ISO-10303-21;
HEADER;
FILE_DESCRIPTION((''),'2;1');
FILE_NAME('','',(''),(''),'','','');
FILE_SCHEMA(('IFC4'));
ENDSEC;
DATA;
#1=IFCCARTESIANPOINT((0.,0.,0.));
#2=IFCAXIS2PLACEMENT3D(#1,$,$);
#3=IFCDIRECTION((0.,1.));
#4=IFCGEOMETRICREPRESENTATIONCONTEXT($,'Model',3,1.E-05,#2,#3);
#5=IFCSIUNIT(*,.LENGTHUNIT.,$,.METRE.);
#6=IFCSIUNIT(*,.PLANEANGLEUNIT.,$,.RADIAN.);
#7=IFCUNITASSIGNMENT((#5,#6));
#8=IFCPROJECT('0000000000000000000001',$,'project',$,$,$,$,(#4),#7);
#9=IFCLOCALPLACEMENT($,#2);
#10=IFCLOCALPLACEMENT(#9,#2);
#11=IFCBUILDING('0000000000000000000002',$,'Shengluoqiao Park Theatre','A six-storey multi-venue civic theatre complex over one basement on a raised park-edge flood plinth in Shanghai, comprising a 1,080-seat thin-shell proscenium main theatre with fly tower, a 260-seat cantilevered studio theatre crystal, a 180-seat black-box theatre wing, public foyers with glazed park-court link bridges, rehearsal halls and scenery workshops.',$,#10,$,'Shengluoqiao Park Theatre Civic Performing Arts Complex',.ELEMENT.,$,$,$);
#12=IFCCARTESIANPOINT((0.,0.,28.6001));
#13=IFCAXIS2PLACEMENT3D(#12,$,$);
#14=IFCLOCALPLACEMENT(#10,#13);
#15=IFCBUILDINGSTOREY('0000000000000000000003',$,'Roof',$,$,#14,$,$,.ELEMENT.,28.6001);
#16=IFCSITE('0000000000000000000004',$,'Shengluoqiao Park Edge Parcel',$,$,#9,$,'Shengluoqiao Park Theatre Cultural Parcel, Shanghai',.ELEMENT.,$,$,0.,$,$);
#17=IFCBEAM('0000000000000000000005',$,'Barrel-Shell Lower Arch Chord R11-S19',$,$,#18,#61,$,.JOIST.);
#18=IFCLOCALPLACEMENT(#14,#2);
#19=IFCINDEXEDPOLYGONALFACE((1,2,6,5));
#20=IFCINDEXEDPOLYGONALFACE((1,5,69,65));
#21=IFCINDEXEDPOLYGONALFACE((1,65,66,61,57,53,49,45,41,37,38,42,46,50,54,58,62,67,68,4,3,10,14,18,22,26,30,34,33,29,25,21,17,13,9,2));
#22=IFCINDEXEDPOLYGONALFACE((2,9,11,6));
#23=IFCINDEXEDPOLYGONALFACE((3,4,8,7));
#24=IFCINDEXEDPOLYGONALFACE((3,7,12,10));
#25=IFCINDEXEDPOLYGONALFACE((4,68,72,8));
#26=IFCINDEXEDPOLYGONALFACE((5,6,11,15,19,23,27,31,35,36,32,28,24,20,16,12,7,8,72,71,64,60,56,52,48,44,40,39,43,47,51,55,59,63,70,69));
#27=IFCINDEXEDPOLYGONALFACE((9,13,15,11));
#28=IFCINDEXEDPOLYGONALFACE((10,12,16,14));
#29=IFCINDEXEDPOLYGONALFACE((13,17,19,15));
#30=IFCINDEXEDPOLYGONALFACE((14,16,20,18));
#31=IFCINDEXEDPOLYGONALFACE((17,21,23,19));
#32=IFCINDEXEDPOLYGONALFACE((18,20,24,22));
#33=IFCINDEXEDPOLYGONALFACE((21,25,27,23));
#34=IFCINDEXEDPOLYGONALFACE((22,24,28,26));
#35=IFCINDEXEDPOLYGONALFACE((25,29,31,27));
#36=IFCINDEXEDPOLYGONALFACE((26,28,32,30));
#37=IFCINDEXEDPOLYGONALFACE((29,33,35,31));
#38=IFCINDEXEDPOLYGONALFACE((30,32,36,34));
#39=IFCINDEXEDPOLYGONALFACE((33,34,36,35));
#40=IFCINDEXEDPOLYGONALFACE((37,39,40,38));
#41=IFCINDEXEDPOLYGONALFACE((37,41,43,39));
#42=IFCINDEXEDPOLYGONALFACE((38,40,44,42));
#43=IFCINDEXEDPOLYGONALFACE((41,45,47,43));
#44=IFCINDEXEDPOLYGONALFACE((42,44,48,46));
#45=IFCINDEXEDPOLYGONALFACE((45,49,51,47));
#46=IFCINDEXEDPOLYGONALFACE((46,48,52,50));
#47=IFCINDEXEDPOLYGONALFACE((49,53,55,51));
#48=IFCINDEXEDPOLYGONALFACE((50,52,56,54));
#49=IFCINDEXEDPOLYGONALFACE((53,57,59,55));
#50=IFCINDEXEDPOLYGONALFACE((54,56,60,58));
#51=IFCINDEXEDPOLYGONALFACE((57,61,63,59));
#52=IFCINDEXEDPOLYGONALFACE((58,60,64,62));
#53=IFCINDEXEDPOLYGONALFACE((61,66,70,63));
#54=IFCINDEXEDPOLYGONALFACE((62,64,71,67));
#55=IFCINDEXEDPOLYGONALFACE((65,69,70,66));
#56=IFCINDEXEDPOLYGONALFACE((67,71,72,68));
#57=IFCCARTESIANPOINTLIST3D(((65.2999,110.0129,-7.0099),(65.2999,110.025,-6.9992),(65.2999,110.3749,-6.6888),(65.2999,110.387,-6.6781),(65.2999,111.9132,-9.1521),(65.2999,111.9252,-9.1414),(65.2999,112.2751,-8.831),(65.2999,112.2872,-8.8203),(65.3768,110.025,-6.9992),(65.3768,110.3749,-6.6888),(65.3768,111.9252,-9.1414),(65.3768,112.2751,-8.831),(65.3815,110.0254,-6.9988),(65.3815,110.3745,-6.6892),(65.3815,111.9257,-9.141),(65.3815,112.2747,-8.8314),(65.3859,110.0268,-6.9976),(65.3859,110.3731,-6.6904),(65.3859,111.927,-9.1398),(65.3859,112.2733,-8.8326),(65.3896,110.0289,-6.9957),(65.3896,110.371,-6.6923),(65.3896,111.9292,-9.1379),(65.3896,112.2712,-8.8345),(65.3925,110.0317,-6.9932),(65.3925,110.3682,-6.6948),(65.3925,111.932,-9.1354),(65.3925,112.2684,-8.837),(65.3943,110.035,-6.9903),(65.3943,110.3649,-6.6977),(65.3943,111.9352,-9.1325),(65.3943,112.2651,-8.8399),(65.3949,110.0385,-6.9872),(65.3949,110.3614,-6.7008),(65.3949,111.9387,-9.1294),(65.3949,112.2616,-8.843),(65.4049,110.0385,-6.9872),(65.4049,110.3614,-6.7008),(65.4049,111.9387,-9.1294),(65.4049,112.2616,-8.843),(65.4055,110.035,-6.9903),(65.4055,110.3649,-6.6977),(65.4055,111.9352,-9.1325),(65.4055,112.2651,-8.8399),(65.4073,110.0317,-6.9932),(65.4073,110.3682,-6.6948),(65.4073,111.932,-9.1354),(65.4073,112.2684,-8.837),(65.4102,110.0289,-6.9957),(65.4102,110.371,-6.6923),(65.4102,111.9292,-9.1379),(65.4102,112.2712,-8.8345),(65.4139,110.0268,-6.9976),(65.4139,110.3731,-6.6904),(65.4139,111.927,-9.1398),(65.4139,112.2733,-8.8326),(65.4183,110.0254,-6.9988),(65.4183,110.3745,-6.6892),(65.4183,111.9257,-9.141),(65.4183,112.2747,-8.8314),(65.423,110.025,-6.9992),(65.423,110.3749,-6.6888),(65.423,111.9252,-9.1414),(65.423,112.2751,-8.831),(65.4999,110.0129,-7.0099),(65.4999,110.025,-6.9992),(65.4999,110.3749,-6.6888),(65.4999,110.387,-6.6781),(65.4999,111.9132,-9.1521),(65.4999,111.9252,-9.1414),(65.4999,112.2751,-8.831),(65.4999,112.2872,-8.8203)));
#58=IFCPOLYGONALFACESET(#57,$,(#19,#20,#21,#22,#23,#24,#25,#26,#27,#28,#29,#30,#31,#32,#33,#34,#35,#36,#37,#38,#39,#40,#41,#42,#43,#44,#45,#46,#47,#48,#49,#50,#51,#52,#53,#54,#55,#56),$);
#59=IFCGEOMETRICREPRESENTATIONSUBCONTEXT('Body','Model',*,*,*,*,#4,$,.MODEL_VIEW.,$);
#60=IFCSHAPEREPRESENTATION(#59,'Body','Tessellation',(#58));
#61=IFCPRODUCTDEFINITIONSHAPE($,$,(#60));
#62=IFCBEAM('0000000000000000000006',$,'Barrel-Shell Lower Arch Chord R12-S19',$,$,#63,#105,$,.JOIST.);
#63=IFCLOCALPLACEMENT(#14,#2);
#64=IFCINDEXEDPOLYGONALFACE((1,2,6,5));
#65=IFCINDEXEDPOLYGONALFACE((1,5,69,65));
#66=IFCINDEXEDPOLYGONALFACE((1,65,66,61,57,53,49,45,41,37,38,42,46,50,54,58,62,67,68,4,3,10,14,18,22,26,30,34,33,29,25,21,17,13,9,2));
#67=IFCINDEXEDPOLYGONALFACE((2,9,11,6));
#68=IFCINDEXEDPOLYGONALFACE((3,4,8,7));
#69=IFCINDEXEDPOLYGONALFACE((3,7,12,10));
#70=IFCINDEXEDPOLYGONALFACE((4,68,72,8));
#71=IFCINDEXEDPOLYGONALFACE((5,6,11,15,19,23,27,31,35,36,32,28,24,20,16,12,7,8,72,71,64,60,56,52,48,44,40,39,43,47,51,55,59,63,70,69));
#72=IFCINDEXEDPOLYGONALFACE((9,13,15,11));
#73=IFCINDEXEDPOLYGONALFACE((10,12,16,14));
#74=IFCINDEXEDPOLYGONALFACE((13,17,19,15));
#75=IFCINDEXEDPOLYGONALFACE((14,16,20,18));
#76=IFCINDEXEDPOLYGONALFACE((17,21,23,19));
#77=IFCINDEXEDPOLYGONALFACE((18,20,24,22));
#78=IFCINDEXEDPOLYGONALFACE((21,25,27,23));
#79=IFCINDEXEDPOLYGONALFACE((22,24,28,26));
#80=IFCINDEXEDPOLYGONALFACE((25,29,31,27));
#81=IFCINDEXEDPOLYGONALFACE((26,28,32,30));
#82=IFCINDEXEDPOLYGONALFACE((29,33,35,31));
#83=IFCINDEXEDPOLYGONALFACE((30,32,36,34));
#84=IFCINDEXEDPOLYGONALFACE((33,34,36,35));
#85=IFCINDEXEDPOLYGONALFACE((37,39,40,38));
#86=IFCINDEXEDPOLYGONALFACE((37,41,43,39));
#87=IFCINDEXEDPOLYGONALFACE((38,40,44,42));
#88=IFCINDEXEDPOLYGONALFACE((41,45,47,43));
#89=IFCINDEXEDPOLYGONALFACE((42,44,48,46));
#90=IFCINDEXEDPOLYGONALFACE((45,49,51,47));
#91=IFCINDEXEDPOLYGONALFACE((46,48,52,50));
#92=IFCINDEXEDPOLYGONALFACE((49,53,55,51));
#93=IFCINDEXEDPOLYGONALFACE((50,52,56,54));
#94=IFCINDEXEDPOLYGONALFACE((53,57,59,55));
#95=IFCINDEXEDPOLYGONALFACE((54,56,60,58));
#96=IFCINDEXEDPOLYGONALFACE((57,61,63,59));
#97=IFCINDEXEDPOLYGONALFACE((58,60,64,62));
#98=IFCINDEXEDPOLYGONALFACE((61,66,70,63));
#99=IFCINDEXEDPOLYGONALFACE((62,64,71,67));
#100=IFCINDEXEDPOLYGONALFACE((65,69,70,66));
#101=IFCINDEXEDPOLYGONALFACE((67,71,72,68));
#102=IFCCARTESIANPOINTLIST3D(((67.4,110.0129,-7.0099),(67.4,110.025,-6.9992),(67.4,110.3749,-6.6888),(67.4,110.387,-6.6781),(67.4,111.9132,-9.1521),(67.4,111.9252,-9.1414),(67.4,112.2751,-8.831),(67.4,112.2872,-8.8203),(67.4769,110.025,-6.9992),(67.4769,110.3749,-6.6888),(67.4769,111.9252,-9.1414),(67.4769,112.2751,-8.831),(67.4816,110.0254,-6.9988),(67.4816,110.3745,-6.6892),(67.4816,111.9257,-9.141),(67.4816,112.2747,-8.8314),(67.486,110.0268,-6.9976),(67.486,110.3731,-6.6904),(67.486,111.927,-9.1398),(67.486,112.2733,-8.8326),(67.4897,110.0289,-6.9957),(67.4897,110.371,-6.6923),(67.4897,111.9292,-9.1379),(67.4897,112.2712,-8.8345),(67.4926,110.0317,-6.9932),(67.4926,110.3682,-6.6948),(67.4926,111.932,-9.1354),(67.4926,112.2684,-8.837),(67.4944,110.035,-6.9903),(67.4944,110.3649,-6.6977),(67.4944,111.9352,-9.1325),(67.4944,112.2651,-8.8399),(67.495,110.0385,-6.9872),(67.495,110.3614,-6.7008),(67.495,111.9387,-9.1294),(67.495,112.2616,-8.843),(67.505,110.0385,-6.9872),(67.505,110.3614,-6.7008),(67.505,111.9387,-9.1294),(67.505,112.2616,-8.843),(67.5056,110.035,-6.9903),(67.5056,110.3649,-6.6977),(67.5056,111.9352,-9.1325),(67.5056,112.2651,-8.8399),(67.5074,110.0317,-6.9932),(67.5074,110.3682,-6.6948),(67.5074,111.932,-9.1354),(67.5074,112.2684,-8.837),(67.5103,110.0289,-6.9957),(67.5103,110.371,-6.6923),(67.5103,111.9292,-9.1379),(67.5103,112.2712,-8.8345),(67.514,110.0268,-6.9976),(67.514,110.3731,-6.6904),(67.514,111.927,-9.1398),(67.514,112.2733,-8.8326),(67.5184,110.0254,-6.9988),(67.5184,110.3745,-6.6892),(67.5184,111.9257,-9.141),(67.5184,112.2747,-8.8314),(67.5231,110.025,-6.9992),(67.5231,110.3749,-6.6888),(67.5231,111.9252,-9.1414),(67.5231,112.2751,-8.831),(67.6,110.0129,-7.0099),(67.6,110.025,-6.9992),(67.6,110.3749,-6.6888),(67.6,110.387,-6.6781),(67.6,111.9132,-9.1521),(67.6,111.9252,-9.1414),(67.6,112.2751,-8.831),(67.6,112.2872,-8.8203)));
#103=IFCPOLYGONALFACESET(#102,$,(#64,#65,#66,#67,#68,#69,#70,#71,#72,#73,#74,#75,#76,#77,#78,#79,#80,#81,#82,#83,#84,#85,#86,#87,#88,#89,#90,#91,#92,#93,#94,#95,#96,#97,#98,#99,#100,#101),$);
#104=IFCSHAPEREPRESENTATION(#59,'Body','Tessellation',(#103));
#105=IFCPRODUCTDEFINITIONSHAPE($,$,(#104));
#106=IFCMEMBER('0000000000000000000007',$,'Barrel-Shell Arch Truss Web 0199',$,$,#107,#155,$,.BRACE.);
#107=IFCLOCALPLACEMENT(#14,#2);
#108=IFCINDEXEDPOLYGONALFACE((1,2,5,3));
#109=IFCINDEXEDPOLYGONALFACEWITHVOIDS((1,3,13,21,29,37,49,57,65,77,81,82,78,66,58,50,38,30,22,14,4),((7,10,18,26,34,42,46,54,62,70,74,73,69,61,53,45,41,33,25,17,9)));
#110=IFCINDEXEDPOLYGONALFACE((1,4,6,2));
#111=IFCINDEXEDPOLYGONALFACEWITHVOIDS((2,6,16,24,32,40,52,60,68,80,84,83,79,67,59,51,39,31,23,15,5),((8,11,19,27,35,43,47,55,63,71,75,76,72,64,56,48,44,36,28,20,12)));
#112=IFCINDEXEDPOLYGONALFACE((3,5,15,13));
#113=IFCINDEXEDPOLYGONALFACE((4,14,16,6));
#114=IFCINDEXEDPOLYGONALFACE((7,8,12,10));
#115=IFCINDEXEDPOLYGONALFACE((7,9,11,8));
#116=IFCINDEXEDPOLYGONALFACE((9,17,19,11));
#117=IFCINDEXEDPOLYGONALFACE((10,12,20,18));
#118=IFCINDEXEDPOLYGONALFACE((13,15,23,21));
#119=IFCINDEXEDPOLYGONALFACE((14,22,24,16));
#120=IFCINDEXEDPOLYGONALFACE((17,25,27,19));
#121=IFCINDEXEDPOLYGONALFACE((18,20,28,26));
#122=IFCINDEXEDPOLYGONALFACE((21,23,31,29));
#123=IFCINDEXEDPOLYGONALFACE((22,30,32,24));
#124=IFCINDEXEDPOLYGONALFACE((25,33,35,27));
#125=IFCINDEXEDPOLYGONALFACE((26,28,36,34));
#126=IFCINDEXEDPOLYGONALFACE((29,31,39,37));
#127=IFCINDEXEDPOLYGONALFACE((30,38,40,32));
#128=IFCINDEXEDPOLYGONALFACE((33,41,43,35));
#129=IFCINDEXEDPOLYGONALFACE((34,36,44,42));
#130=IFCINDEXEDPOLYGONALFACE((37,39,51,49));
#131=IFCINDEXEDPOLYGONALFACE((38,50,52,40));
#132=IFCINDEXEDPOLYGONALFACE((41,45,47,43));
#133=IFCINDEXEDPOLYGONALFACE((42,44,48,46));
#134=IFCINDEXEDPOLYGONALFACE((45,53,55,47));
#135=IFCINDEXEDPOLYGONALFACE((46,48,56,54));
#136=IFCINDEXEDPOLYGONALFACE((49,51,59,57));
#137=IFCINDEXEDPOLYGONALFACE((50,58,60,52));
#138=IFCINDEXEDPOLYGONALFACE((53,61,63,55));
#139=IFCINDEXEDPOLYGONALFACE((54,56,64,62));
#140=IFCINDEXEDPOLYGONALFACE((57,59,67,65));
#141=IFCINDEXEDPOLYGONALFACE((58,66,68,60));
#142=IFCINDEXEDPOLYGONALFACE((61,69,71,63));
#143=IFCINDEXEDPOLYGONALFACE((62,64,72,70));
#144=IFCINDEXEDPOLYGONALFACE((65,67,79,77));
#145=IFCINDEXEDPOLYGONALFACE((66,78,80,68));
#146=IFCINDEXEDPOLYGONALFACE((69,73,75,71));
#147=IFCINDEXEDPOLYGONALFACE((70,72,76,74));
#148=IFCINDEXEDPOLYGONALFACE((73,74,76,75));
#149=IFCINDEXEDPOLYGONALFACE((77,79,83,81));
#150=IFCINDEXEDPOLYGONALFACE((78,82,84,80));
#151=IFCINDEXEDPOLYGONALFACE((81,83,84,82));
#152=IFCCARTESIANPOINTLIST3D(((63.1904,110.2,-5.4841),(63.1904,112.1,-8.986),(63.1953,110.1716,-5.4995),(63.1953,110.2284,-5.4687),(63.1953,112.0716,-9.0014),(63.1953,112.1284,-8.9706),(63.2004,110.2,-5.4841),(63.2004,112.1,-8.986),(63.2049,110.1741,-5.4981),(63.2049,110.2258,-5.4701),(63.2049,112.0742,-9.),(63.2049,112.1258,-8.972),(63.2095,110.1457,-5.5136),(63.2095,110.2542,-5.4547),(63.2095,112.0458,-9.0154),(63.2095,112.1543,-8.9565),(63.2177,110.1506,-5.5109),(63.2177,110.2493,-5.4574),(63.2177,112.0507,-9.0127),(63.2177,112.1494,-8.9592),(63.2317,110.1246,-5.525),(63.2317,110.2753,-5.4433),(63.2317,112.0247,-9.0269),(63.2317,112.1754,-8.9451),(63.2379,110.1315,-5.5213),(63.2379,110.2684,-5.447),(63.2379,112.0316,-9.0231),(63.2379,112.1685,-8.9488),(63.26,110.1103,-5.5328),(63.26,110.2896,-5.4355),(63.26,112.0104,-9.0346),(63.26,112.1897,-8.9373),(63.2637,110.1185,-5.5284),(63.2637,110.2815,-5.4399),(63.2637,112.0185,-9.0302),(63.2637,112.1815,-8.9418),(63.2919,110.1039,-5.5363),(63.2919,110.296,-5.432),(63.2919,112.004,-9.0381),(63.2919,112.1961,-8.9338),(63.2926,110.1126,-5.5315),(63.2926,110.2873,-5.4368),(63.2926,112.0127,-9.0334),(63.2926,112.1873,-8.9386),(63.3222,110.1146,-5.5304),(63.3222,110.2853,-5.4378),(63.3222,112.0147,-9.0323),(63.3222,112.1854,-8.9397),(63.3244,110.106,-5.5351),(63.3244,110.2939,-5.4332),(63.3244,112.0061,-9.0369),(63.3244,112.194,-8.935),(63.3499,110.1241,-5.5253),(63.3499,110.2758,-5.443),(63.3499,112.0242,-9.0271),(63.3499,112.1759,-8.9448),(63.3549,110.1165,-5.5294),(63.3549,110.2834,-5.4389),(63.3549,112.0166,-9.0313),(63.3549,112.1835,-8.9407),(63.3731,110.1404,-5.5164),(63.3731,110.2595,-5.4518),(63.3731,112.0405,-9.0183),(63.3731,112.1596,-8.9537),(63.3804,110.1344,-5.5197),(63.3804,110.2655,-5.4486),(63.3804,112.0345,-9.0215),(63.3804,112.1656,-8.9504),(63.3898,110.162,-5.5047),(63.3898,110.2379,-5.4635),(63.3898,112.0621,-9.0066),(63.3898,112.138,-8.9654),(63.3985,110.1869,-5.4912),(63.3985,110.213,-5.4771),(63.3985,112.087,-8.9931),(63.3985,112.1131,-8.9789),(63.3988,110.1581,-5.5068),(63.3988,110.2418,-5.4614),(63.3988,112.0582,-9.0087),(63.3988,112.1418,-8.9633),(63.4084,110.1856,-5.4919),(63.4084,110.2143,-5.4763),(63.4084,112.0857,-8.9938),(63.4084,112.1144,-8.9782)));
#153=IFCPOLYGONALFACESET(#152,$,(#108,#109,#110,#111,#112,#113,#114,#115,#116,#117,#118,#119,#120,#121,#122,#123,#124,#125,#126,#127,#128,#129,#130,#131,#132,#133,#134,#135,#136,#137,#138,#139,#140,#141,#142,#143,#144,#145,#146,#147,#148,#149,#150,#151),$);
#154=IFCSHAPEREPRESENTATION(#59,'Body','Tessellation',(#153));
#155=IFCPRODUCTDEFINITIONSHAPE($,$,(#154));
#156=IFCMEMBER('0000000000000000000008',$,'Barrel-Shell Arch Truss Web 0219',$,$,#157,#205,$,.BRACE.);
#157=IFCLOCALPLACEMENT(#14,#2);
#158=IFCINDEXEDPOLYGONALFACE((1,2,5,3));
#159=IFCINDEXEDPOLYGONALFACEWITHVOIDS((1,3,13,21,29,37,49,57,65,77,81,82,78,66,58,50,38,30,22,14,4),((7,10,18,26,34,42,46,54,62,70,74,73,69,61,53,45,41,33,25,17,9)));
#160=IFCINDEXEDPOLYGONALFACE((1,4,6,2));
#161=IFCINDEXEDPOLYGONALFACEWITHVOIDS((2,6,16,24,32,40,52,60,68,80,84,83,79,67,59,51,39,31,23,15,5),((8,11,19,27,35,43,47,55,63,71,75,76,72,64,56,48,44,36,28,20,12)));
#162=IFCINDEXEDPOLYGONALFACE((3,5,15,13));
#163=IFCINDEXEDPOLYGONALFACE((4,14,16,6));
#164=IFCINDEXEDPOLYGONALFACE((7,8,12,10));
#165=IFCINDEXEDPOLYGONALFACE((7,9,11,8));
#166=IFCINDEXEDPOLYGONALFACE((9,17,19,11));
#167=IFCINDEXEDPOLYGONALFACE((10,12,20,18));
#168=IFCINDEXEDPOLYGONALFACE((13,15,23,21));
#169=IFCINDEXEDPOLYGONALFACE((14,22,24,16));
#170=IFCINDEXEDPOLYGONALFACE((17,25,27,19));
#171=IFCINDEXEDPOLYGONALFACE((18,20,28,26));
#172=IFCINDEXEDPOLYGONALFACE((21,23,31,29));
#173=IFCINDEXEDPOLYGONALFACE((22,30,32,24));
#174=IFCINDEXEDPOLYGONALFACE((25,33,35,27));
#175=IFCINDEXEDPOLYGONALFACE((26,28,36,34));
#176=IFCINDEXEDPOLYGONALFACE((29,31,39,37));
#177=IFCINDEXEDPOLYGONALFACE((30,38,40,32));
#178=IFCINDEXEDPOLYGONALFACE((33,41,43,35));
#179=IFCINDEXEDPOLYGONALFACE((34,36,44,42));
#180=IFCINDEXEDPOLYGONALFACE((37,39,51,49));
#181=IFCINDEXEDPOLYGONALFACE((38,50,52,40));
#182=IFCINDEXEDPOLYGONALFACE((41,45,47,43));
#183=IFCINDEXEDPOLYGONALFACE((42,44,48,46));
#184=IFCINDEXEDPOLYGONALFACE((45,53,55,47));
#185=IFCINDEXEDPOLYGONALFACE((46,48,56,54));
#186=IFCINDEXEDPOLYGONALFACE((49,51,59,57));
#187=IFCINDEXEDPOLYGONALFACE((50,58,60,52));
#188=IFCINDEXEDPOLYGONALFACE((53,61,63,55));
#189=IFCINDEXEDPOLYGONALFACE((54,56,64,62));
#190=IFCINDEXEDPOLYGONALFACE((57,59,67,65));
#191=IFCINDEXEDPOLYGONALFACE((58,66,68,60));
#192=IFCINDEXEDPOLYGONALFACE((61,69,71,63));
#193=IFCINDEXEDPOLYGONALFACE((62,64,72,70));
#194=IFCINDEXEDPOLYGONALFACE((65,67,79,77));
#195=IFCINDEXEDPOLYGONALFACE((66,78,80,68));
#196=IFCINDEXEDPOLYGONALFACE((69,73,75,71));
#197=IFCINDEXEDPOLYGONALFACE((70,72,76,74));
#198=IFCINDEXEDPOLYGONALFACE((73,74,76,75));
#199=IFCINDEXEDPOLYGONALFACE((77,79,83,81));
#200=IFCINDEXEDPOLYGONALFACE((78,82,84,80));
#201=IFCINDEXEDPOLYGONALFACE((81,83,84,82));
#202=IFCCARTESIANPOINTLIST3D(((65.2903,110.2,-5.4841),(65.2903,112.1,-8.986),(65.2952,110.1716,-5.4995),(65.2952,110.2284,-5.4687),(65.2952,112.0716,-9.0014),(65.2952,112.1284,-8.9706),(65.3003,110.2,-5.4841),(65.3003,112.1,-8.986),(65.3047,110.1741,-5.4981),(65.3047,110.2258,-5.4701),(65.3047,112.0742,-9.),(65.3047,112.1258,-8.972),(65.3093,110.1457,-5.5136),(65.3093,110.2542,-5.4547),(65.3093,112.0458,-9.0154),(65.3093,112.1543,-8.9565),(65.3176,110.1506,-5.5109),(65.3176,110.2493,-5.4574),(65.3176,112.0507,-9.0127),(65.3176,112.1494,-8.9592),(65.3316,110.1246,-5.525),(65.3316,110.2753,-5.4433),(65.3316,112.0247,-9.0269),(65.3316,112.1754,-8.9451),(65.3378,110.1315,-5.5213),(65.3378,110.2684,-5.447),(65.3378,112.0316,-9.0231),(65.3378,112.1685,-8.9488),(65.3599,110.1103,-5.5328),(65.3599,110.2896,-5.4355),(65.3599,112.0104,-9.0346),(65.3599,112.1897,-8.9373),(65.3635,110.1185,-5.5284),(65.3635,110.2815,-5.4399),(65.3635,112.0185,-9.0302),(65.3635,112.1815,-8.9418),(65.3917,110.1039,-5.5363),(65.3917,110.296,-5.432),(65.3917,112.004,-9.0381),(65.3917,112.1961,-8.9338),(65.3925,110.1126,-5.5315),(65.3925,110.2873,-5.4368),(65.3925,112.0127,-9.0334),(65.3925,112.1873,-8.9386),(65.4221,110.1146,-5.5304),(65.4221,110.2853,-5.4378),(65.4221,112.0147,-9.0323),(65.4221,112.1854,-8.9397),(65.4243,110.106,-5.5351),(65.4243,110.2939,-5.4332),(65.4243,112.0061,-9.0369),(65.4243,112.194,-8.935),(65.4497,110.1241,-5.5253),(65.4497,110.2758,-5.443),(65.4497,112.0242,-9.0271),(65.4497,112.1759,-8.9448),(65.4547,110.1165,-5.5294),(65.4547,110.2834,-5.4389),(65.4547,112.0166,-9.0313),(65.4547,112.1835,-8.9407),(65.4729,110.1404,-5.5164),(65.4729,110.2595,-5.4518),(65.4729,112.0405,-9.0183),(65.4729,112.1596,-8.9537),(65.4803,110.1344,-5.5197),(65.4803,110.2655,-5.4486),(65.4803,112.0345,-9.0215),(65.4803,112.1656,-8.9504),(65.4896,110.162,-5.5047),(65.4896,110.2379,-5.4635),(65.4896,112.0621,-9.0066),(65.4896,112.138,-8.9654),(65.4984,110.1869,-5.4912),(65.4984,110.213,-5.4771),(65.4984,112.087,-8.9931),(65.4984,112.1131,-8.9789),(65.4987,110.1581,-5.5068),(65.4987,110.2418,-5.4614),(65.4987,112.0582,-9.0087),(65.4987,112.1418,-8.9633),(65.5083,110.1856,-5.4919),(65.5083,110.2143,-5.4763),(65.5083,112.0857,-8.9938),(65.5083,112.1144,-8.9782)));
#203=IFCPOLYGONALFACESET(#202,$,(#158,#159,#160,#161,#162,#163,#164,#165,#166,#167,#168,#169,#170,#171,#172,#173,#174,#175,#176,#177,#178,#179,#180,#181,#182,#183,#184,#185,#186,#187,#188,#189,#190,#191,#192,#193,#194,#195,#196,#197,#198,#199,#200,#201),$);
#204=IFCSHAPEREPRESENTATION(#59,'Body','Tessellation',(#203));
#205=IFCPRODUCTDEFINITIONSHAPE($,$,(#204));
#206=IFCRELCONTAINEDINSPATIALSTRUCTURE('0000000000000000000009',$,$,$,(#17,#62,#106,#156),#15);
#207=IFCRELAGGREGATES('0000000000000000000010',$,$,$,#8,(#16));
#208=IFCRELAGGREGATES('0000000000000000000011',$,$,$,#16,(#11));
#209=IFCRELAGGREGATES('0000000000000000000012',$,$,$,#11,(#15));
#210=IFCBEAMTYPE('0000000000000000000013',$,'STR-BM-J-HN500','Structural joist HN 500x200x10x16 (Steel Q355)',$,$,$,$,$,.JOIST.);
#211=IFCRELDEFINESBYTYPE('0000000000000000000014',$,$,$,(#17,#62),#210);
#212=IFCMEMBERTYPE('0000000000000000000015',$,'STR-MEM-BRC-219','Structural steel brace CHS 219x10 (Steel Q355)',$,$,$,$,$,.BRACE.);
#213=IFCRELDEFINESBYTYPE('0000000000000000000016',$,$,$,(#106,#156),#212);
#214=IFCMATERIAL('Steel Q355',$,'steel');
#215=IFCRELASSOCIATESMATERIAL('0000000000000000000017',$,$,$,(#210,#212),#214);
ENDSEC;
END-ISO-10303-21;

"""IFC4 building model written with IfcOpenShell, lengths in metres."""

from ifc_helpers import new_model, si_unit, direction, frame, origin, origin_2d, place, context, subcontext, project, spatial, hollow_circle, i_section, extrude, material, material_profile, profile_set, type_object, element, save


model = new_model("IFC4")

# Units and contexts
model_context = context("Model", 3, precision=1e-05, world=origin(), true_north=direction((0.0, 1.0)))
body_context = subcontext(model_context, "Body", "Model", "MODEL_VIEW")
ifc_project = project(units=[si_unit("LENGTHUNIT", "METRE"), si_unit("PLANEANGLEUNIT", "RADIAN")], contexts=[model_context])

# Site, building, storey
site_placement = place(None, origin())
site = spatial("IfcSite", under=ifc_project, at=site_placement, Name="Shengluoqiao Park Edge Parcel", LongName="Shengluoqiao Park Theatre Cultural Parcel, Shanghai", CompositionType="ELEMENT", RefElevation=0.0)
building_placement = place(site_placement, origin())
building = spatial("IfcBuilding", under=site, at=building_placement, Name="Shengluoqiao Park Theatre", Description="A six-storey multi-venue civic theatre complex over one basement on a raised park-edge flood plinth in Shanghai, comprising a 1,080-seat thin-shell proscenium main theatre with fly tower, a 260-seat cantilevered studio theatre crystal, a 180-seat black-box theatre wing, public foyers with glazed park-court link bridges, rehearsal halls and scenery workshops.", LongName="Shengluoqiao Park Theatre Civic Performing Arts Complex", CompositionType="ELEMENT")
storey_placement = place(building_placement, frame((0.0, 0.0, 28.6001)))
storey = spatial("IfcBuildingStorey", under=building, at=storey_placement, Name="Roof", CompositionType="ELEMENT", Elevation=28.6001)

# Beams
ifc_material_1 = material(Name="Steel Q355", Category="steel")
ifc_material_profile_1 = material_profile(ifc_material_1, i_section(OverallWidth=0.2, OverallDepth=0.5, WebThickness=0.01, FlangeThickness=0.0161, FilletRadius=0.0181, at=origin_2d()), Name="HN 500x200x10x16")
ifc_profile_set_1 = profile_set([ifc_material_profile_1], Name="Steel Q355")
beam_type_1 = type_object("IfcBeamType", Name="STR-BM-J-HN500", Description="Structural joist HN 500x200x10x16 (Steel Q355)", PredefinedType="JOIST", material=ifc_profile_set_1)
for number, where, z_axis, x_axis, name in (
    (1, (65.3999, 110.2, -6.844), (0.0, 0.663596, -0.748091), (-1.0, 0.0, 0.0), "Barrel-Shell Lower Arch Chord R11-S19"),
    (2, (67.5, 110.2, -6.844), (0.0, 0.663596, -0.748091), (-1.0, 0.0, 0.0), "Barrel-Shell Lower Arch Chord R12-S19"),
):
    element("IfcBeam", number, at=place(storey_placement, frame(where, z_axis=z_axis, x_axis=x_axis)), inside=storey, type_object=beam_type_1, Name=name, PredefinedType="JOIST", context=body_context, shape_type="SweptSolid", body=[
        extrude(i_section(OverallWidth=0.2, OverallDepth=0.5, WebThickness=0.01, FlangeThickness=0.0161, FilletRadius=0.0181, at=origin_2d()), origin(), (0.0, 0.0, 1.0), 2.8635),
    ])

# Members
ifc_material_profile_2 = material_profile(ifc_material_1, hollow_circle(Radius=0.1096, WallThickness=0.01, at=origin_2d()), Name="CHS 219x10")
ifc_profile_set_2 = profile_set([ifc_material_profile_2], Name="Steel Q355")
member_type_1 = type_object("IfcMemberType", Name="STR-MEM-BRC-219", Description="Structural steel brace CHS 219x10 (Steel Q355)", PredefinedType="BRACE", material=ifc_profile_set_2)
for number, where, z_axis, x_axis, name in (
    (3, (63.3, 110.2, -5.4841), (0.0, 0.476915, -0.87895), (-1.0, 0.0, 0.0), "Barrel-Shell Arch Truss Web 0199"),
    (4, (65.3999, 110.2, -5.4841), (0.0, 0.476915, -0.87895), (-1.0, 0.0, 0.0), "Barrel-Shell Arch Truss Web 0219"),
):
    element("IfcMember", number, at=place(storey_placement, frame(where, z_axis=z_axis, x_axis=x_axis)), inside=storey, type_object=member_type_1, Name=name, PredefinedType="BRACE", context=body_context, shape_type="SweptSolid", body=[
        extrude(hollow_circle(Radius=0.1096, WallThickness=0.01, at=origin_2d()), origin(), (0.0, 0.0, 1.0), 3.9841),
    ])

save(model, "model.ifc")
